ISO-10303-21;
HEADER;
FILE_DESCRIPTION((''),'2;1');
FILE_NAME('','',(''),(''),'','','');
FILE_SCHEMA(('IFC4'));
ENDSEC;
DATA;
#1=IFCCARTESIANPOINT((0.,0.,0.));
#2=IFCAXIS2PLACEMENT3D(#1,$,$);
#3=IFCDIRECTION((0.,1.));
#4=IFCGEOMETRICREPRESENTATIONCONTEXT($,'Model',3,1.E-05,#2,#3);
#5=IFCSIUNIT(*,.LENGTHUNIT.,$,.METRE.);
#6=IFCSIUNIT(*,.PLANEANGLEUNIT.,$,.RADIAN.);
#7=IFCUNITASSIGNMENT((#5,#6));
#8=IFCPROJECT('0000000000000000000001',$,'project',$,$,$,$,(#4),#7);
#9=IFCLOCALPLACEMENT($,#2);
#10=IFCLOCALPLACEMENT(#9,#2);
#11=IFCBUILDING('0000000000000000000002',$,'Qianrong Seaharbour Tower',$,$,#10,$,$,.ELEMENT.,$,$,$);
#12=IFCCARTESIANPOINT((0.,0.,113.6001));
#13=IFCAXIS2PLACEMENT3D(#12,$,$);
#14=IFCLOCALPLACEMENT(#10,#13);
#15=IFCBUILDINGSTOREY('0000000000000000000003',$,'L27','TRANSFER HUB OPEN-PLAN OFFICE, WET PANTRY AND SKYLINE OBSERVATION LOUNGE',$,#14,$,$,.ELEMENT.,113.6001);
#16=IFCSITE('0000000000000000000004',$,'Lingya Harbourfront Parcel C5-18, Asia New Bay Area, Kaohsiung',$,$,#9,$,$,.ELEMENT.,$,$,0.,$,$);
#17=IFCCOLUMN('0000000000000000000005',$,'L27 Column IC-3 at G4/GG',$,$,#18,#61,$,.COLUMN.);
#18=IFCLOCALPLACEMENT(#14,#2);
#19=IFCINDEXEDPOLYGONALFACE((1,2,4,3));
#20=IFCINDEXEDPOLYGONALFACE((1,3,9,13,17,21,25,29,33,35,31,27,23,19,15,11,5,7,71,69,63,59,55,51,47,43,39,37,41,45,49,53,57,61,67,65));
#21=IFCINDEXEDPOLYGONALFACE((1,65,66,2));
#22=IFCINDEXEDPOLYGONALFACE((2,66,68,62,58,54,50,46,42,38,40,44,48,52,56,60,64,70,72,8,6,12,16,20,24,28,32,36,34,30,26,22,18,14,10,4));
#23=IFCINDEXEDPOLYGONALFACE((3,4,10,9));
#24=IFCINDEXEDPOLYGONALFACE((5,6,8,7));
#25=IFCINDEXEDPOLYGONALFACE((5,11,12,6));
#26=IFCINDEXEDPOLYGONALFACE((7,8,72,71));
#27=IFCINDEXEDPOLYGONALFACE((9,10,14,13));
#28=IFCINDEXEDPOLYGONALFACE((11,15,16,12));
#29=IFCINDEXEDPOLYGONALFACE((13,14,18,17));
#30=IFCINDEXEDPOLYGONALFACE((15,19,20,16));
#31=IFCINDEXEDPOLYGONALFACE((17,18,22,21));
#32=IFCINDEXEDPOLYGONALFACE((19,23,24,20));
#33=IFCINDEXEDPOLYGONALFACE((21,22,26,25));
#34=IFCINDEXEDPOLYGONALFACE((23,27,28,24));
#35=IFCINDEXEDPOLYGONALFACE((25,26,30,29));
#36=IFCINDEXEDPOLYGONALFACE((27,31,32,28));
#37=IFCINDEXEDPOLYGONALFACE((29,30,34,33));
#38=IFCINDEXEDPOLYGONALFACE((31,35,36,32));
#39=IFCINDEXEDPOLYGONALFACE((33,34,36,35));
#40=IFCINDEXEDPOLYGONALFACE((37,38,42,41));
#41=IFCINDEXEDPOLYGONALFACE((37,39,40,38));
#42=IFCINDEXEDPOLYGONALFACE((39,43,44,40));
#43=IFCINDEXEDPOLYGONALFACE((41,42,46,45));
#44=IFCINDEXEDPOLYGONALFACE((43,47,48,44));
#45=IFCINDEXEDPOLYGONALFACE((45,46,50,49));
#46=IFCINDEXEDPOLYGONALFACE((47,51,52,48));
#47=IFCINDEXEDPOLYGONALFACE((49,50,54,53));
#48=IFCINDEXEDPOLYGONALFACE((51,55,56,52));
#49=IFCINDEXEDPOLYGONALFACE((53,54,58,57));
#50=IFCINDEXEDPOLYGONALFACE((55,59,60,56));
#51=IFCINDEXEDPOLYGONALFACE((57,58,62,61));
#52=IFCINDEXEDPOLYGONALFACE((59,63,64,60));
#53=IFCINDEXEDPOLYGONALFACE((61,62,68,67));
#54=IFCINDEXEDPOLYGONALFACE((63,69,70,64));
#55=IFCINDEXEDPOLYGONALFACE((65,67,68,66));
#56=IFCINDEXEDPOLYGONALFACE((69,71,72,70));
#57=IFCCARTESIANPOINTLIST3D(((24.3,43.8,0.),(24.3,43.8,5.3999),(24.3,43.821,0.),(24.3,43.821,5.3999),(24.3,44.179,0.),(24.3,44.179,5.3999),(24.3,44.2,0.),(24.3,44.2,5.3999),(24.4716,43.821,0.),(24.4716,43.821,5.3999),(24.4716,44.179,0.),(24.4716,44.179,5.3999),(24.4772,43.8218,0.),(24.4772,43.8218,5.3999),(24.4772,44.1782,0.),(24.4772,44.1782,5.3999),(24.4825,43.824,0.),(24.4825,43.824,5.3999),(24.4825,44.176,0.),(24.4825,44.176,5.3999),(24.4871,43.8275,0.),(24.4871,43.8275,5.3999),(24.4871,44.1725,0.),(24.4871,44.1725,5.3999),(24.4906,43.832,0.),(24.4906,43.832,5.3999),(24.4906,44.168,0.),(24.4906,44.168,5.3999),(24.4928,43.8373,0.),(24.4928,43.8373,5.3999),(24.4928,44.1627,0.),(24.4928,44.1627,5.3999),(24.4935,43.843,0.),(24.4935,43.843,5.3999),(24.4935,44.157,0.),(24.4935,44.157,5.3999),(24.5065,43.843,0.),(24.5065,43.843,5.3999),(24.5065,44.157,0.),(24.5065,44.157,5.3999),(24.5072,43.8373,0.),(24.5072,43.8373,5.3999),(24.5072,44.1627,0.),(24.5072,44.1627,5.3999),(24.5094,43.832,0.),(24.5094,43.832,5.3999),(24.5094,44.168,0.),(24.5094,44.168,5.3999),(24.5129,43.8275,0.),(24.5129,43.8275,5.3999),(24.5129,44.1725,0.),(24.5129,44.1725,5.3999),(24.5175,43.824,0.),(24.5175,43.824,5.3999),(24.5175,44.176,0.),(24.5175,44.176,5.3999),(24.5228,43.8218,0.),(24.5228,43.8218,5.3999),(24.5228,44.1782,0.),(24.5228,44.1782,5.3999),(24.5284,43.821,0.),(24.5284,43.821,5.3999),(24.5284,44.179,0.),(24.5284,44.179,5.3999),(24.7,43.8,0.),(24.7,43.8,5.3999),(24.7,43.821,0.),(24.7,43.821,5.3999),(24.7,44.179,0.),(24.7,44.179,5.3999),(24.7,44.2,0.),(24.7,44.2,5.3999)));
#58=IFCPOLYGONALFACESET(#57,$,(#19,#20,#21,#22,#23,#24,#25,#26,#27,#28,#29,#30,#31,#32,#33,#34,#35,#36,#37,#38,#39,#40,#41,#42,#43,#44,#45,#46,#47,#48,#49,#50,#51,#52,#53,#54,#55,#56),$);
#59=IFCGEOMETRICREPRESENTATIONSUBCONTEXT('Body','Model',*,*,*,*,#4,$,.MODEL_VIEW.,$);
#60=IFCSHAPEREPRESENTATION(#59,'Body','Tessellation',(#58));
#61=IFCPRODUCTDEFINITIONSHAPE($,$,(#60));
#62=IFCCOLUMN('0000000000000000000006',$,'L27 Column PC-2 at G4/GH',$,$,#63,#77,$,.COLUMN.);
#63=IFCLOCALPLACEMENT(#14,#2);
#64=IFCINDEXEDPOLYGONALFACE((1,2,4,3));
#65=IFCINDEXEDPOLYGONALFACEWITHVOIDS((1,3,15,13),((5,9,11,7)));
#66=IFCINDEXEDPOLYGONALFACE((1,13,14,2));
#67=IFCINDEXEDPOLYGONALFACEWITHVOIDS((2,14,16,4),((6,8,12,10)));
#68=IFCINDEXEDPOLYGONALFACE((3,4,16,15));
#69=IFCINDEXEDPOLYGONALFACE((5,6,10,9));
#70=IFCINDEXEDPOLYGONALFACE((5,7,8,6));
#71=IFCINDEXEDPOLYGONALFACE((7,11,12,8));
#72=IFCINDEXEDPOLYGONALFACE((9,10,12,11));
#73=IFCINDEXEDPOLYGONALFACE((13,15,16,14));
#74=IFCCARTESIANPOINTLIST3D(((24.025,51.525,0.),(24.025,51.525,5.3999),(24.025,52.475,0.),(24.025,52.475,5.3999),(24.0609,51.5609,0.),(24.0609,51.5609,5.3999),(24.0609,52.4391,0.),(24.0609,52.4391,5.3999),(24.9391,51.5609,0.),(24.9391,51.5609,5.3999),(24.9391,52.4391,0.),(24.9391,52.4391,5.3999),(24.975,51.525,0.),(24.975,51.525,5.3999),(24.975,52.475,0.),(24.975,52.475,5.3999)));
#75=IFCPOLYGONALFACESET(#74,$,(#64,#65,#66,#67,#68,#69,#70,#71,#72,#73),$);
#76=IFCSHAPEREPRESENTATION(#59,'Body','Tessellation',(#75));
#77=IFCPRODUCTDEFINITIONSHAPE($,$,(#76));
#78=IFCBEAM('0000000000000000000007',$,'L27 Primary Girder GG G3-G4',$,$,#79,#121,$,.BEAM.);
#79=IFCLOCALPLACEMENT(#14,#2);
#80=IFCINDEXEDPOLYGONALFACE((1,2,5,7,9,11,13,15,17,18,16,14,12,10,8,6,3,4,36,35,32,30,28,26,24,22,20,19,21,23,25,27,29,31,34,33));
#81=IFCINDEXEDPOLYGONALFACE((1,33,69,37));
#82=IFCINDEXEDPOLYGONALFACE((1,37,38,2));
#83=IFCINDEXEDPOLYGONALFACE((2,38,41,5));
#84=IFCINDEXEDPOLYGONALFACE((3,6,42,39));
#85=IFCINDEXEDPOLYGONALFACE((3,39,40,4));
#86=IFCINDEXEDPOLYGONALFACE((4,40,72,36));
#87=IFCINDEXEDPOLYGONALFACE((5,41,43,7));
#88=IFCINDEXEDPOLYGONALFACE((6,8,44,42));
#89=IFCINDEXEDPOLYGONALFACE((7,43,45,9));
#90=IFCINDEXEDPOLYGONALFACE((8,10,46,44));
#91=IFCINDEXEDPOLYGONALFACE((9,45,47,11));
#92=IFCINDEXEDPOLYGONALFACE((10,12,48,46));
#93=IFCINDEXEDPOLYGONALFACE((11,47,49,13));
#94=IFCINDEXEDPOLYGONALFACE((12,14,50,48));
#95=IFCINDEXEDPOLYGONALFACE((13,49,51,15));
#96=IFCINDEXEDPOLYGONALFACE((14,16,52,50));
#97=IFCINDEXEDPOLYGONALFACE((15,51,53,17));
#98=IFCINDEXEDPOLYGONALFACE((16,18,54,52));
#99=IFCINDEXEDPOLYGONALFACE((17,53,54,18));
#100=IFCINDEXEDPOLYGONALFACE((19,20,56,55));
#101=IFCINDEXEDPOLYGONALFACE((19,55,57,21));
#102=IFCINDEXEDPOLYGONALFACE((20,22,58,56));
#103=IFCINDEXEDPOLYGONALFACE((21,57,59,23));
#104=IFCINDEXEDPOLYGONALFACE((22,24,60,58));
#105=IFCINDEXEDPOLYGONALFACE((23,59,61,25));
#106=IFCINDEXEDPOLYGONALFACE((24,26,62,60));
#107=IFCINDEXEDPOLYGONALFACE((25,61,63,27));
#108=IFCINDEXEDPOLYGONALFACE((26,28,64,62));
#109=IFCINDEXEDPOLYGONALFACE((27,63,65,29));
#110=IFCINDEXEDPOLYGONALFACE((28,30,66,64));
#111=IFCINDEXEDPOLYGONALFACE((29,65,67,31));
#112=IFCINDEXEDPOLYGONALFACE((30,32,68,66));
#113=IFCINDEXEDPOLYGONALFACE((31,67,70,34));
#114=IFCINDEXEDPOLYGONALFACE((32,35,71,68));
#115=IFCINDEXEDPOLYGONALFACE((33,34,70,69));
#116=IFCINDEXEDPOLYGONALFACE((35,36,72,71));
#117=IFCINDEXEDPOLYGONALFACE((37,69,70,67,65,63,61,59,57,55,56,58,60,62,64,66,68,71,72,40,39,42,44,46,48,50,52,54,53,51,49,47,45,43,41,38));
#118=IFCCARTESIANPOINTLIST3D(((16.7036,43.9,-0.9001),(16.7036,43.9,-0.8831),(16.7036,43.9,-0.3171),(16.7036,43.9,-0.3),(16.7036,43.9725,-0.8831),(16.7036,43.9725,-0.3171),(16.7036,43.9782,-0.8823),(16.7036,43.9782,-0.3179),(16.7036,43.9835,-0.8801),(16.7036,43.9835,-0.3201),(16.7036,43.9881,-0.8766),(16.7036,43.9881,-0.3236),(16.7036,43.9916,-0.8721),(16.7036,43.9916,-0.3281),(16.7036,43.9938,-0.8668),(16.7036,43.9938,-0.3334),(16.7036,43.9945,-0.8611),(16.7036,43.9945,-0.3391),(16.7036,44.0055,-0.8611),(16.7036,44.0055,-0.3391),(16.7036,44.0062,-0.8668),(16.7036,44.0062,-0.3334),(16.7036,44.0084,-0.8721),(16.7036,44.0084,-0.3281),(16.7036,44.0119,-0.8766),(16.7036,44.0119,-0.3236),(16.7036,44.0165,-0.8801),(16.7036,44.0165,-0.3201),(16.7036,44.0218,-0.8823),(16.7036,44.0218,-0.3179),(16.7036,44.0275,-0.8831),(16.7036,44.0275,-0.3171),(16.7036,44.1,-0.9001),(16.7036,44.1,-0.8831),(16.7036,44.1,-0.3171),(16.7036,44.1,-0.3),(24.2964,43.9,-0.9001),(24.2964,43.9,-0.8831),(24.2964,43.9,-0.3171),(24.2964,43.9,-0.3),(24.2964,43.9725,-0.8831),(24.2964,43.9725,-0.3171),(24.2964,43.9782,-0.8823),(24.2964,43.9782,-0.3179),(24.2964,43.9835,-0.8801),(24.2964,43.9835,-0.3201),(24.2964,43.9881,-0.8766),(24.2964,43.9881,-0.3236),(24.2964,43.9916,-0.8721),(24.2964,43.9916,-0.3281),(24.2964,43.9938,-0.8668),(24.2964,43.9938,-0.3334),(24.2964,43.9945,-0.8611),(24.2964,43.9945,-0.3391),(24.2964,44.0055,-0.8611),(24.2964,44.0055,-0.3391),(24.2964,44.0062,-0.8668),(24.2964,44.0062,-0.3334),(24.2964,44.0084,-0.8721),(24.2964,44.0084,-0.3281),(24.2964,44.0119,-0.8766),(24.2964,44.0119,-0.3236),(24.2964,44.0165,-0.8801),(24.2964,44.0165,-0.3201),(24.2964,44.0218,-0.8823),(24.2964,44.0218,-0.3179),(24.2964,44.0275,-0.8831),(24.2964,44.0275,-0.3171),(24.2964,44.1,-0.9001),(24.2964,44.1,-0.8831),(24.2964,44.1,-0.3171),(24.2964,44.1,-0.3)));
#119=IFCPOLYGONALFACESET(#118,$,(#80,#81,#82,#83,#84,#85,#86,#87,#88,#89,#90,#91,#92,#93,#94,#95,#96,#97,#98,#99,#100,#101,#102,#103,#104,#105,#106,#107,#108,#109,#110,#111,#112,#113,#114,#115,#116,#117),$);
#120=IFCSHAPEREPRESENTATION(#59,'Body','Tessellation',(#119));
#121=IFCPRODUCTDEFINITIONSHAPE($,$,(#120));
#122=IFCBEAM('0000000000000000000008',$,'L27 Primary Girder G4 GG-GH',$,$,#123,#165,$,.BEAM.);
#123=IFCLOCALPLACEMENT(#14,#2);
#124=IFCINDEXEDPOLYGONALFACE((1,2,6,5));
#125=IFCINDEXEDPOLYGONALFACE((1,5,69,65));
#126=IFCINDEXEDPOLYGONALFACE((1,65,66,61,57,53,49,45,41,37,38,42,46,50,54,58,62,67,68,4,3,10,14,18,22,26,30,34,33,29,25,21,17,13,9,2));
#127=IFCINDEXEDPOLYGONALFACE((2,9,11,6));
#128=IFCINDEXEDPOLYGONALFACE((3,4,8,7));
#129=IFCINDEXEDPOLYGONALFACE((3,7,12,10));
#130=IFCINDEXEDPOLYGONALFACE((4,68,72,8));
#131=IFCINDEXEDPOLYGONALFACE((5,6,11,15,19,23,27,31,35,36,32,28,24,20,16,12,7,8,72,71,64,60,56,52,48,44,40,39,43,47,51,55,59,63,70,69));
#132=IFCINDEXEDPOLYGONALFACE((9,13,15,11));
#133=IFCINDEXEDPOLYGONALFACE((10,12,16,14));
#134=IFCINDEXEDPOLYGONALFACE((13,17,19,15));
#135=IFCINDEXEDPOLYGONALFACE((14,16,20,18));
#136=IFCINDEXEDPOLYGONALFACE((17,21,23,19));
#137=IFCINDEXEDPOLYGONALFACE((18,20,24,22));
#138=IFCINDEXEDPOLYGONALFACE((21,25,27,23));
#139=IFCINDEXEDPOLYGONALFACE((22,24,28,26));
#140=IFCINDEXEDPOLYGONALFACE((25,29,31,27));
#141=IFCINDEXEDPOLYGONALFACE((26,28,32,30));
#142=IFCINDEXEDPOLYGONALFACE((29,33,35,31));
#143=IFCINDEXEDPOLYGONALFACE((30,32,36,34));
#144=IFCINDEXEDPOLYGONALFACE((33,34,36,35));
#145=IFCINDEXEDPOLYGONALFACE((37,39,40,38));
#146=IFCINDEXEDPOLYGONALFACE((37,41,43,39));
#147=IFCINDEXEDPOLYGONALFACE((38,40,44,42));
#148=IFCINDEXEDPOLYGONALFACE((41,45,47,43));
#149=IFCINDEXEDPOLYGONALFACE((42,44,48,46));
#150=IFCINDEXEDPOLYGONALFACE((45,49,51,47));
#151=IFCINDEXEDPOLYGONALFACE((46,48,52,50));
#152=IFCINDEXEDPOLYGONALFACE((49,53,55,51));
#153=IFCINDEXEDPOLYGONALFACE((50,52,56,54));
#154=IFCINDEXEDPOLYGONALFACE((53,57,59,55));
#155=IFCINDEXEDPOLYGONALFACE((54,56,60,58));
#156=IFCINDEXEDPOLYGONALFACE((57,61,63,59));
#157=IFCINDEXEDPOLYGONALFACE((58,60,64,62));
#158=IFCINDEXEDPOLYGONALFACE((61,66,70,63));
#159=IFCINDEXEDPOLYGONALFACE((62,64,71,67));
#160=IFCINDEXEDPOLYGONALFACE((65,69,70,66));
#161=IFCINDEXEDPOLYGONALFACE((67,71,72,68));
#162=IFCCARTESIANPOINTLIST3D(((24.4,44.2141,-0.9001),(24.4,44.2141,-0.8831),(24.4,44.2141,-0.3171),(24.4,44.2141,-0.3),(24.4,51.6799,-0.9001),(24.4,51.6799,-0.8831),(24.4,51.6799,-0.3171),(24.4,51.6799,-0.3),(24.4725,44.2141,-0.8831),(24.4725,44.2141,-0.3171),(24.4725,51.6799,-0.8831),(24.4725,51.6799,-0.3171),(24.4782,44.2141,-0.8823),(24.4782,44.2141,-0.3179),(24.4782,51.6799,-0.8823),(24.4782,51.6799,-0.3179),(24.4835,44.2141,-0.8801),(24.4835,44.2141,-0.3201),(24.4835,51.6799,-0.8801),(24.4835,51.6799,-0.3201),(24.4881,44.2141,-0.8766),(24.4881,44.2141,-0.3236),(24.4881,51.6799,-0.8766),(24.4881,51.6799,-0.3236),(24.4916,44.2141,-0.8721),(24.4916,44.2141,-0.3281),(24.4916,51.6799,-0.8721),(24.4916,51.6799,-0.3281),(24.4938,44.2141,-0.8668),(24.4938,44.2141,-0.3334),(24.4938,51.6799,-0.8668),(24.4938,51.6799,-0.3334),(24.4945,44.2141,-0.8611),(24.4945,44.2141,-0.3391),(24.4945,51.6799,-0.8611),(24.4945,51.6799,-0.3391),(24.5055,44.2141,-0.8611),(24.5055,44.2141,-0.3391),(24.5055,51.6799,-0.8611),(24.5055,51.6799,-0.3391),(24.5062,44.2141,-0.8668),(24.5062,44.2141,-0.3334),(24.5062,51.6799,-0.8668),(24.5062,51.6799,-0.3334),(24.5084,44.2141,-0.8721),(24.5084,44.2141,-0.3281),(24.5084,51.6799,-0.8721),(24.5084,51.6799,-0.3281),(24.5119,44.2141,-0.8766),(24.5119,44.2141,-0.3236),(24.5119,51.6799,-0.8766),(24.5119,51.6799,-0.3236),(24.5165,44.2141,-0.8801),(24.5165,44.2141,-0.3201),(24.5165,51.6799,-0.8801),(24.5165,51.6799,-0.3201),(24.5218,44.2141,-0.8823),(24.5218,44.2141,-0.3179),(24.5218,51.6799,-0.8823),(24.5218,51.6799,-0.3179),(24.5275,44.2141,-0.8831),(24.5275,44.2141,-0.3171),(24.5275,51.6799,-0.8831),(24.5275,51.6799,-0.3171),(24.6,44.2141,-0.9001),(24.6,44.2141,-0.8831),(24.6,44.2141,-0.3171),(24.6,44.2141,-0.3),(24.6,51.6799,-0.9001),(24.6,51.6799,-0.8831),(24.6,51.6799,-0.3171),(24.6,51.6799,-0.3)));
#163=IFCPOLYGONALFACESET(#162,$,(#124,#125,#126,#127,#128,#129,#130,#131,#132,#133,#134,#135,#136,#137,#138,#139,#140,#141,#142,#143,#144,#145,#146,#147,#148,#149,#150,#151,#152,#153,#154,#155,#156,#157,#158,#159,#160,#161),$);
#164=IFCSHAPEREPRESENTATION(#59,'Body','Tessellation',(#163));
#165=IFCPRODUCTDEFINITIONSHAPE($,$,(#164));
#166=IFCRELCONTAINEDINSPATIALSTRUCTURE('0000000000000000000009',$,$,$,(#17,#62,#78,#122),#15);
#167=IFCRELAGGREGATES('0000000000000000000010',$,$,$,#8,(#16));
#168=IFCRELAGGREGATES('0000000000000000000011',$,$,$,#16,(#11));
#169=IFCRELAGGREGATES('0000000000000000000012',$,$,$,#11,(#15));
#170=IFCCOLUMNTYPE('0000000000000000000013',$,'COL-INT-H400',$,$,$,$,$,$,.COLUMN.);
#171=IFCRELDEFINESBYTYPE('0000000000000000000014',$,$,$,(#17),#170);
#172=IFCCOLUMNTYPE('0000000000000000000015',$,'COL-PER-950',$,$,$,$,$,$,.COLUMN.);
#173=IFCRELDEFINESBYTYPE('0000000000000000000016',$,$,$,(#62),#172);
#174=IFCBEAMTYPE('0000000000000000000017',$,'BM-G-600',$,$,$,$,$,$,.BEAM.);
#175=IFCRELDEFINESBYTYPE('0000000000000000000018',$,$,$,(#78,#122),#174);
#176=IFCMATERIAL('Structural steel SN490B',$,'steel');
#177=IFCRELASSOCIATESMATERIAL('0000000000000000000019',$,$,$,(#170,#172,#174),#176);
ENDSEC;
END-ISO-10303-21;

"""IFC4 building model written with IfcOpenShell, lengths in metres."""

from ifc_helpers import new_model, si_unit, direction, frame, origin, origin_2d, place, context, subcontext, project, spatial, hollow_rectangle, i_section, extrude, material, material_profile, profile_set, type_object, element, save


model = new_model("IFC4")

# Units and contexts
model_context = context("Model", 3, precision=1e-05, world=origin(), true_north=direction((0.0, 1.0)))
body_context = subcontext(model_context, "Body", "Model", "MODEL_VIEW")
ifc_project = project(units=[si_unit("LENGTHUNIT", "METRE"), si_unit("PLANEANGLEUNIT", "RADIAN")], contexts=[model_context])

# Site, building, storey
site_placement = place(None, origin())
site = spatial("IfcSite", under=ifc_project, at=site_placement, Name="Lingya Harbourfront Parcel C5-18, Asia New Bay Area, Kaohsiung", CompositionType="ELEMENT", RefElevation=0.0)
building_placement = place(site_placement, origin())
building = spatial("IfcBuilding", under=site, at=building_placement, Name="Qianrong Seaharbour Tower", CompositionType="ELEMENT")
storey_placement = place(building_placement, frame((0.0, 0.0, 113.6001)))
storey = spatial("IfcBuildingStorey", under=building, at=storey_placement, Name="L27", Description="TRANSFER HUB OPEN-PLAN OFFICE, WET PANTRY AND SKYLINE OBSERVATION LOUNGE", CompositionType="ELEMENT", Elevation=113.6001)

# Columns
ifc_material_1 = material(Name="Structural steel SN490B", Category="steel")
ifc_material_profile_1 = material_profile(ifc_material_1, i_section(OverallWidth=0.3999, OverallDepth=0.3999, WebThickness=0.0129, FlangeThickness=0.021, FilletRadius=0.022, at=origin_2d()), Name="H400x400x13x21")
ifc_profile_set_1 = profile_set([ifc_material_profile_1], Name="Structural steel SN490B")
column_type_1 = type_object("IfcColumnType", Name="COL-INT-H400", PredefinedType="COLUMN", material=ifc_profile_set_1)
column_1_placement = place(storey_placement, frame((24.5, 44.0, 0.0), z_axis=(0.0, 0.0, 1.0), x_axis=(1.0, 0.0, 0.0)))
element("IfcColumn", 1, at=column_1_placement, inside=storey, type_object=column_type_1, Name="L27 Column IC-3 at G4/GG", PredefinedType="COLUMN", context=body_context, shape_type="SweptSolid", body=[
    extrude(i_section(OverallWidth=0.3999, OverallDepth=0.3999, WebThickness=0.0129, FlangeThickness=0.021, FilletRadius=0.022, at=origin_2d()), origin(), (0.0, 0.0, 1.0), 5.3999),
])
ifc_material_profile_2 = material_profile(ifc_material_1, hollow_rectangle(XDim=0.95, YDim=0.95, WallThickness=0.0359, at=origin_2d()), Name="BOX950x950x36")
ifc_profile_set_2 = profile_set([ifc_material_profile_2], Name="Structural steel SN490B")
column_type_2 = type_object("IfcColumnType", Name="COL-PER-950", PredefinedType="COLUMN", material=ifc_profile_set_2)
column_2_placement = place(storey_placement, frame((24.5, 52.0, 0.0), z_axis=(0.0, 0.0, 1.0), x_axis=(1.0, 0.0, 0.0)))
element("IfcColumn", 2, at=column_2_placement, inside=storey, type_object=column_type_2, Name="L27 Column PC-2 at G4/GH", PredefinedType="COLUMN", context=body_context, shape_type="SweptSolid", body=[
    extrude(hollow_rectangle(XDim=0.95, YDim=0.95, WallThickness=0.0359, at=origin_2d()), origin(), (0.0, 0.0, 1.0), 5.3999),
])

# Beams
ifc_material_profile_3 = material_profile(ifc_material_1, i_section(OverallWidth=0.2, OverallDepth=0.6001, WebThickness=0.011, FlangeThickness=0.0171, FilletRadius=0.022, at=origin_2d()), Name="H600x200x11x17")
ifc_profile_set_3 = profile_set([ifc_material_profile_3], Name="Structural steel SN490B")
beam_type_1 = type_object("IfcBeamType", Name="BM-G-600", PredefinedType="BEAM", material=ifc_profile_set_3)
beam_1_placement = place(storey_placement, frame((16.7036, 44.0, -0.6001), z_axis=(1.0, 0.0, 0.0), x_axis=(0.0, 1.0, 0.0)))
element("IfcBeam", 3, at=beam_1_placement, inside=storey, type_object=beam_type_1, Name="L27 Primary Girder GG G3-G4", PredefinedType="BEAM", context=body_context, shape_type="SweptSolid", body=[
    extrude(i_section(OverallWidth=0.2, OverallDepth=0.6001, WebThickness=0.011, FlangeThickness=0.0171, FilletRadius=0.022, at=origin_2d()), origin(), (0.0, 0.0, 1.0), 7.5928),
])
beam_2_placement = place(storey_placement, frame((24.5, 44.2141, -0.6001), z_axis=(0.0, 1.0, 0.0), x_axis=(-1.0, 0.0, 0.0)))
element("IfcBeam", 4, at=beam_2_placement, inside=storey, type_object=beam_type_1, Name="L27 Primary Girder G4 GG-GH", PredefinedType="BEAM", context=body_context, shape_type="SweptSolid", body=[
    extrude(i_section(OverallWidth=0.2, OverallDepth=0.6001, WebThickness=0.011, FlangeThickness=0.0171, FilletRadius=0.022, at=origin_2d()), origin(), (0.0, 0.0, 1.0), 7.4658),
])

save(model, "model.ifc")
